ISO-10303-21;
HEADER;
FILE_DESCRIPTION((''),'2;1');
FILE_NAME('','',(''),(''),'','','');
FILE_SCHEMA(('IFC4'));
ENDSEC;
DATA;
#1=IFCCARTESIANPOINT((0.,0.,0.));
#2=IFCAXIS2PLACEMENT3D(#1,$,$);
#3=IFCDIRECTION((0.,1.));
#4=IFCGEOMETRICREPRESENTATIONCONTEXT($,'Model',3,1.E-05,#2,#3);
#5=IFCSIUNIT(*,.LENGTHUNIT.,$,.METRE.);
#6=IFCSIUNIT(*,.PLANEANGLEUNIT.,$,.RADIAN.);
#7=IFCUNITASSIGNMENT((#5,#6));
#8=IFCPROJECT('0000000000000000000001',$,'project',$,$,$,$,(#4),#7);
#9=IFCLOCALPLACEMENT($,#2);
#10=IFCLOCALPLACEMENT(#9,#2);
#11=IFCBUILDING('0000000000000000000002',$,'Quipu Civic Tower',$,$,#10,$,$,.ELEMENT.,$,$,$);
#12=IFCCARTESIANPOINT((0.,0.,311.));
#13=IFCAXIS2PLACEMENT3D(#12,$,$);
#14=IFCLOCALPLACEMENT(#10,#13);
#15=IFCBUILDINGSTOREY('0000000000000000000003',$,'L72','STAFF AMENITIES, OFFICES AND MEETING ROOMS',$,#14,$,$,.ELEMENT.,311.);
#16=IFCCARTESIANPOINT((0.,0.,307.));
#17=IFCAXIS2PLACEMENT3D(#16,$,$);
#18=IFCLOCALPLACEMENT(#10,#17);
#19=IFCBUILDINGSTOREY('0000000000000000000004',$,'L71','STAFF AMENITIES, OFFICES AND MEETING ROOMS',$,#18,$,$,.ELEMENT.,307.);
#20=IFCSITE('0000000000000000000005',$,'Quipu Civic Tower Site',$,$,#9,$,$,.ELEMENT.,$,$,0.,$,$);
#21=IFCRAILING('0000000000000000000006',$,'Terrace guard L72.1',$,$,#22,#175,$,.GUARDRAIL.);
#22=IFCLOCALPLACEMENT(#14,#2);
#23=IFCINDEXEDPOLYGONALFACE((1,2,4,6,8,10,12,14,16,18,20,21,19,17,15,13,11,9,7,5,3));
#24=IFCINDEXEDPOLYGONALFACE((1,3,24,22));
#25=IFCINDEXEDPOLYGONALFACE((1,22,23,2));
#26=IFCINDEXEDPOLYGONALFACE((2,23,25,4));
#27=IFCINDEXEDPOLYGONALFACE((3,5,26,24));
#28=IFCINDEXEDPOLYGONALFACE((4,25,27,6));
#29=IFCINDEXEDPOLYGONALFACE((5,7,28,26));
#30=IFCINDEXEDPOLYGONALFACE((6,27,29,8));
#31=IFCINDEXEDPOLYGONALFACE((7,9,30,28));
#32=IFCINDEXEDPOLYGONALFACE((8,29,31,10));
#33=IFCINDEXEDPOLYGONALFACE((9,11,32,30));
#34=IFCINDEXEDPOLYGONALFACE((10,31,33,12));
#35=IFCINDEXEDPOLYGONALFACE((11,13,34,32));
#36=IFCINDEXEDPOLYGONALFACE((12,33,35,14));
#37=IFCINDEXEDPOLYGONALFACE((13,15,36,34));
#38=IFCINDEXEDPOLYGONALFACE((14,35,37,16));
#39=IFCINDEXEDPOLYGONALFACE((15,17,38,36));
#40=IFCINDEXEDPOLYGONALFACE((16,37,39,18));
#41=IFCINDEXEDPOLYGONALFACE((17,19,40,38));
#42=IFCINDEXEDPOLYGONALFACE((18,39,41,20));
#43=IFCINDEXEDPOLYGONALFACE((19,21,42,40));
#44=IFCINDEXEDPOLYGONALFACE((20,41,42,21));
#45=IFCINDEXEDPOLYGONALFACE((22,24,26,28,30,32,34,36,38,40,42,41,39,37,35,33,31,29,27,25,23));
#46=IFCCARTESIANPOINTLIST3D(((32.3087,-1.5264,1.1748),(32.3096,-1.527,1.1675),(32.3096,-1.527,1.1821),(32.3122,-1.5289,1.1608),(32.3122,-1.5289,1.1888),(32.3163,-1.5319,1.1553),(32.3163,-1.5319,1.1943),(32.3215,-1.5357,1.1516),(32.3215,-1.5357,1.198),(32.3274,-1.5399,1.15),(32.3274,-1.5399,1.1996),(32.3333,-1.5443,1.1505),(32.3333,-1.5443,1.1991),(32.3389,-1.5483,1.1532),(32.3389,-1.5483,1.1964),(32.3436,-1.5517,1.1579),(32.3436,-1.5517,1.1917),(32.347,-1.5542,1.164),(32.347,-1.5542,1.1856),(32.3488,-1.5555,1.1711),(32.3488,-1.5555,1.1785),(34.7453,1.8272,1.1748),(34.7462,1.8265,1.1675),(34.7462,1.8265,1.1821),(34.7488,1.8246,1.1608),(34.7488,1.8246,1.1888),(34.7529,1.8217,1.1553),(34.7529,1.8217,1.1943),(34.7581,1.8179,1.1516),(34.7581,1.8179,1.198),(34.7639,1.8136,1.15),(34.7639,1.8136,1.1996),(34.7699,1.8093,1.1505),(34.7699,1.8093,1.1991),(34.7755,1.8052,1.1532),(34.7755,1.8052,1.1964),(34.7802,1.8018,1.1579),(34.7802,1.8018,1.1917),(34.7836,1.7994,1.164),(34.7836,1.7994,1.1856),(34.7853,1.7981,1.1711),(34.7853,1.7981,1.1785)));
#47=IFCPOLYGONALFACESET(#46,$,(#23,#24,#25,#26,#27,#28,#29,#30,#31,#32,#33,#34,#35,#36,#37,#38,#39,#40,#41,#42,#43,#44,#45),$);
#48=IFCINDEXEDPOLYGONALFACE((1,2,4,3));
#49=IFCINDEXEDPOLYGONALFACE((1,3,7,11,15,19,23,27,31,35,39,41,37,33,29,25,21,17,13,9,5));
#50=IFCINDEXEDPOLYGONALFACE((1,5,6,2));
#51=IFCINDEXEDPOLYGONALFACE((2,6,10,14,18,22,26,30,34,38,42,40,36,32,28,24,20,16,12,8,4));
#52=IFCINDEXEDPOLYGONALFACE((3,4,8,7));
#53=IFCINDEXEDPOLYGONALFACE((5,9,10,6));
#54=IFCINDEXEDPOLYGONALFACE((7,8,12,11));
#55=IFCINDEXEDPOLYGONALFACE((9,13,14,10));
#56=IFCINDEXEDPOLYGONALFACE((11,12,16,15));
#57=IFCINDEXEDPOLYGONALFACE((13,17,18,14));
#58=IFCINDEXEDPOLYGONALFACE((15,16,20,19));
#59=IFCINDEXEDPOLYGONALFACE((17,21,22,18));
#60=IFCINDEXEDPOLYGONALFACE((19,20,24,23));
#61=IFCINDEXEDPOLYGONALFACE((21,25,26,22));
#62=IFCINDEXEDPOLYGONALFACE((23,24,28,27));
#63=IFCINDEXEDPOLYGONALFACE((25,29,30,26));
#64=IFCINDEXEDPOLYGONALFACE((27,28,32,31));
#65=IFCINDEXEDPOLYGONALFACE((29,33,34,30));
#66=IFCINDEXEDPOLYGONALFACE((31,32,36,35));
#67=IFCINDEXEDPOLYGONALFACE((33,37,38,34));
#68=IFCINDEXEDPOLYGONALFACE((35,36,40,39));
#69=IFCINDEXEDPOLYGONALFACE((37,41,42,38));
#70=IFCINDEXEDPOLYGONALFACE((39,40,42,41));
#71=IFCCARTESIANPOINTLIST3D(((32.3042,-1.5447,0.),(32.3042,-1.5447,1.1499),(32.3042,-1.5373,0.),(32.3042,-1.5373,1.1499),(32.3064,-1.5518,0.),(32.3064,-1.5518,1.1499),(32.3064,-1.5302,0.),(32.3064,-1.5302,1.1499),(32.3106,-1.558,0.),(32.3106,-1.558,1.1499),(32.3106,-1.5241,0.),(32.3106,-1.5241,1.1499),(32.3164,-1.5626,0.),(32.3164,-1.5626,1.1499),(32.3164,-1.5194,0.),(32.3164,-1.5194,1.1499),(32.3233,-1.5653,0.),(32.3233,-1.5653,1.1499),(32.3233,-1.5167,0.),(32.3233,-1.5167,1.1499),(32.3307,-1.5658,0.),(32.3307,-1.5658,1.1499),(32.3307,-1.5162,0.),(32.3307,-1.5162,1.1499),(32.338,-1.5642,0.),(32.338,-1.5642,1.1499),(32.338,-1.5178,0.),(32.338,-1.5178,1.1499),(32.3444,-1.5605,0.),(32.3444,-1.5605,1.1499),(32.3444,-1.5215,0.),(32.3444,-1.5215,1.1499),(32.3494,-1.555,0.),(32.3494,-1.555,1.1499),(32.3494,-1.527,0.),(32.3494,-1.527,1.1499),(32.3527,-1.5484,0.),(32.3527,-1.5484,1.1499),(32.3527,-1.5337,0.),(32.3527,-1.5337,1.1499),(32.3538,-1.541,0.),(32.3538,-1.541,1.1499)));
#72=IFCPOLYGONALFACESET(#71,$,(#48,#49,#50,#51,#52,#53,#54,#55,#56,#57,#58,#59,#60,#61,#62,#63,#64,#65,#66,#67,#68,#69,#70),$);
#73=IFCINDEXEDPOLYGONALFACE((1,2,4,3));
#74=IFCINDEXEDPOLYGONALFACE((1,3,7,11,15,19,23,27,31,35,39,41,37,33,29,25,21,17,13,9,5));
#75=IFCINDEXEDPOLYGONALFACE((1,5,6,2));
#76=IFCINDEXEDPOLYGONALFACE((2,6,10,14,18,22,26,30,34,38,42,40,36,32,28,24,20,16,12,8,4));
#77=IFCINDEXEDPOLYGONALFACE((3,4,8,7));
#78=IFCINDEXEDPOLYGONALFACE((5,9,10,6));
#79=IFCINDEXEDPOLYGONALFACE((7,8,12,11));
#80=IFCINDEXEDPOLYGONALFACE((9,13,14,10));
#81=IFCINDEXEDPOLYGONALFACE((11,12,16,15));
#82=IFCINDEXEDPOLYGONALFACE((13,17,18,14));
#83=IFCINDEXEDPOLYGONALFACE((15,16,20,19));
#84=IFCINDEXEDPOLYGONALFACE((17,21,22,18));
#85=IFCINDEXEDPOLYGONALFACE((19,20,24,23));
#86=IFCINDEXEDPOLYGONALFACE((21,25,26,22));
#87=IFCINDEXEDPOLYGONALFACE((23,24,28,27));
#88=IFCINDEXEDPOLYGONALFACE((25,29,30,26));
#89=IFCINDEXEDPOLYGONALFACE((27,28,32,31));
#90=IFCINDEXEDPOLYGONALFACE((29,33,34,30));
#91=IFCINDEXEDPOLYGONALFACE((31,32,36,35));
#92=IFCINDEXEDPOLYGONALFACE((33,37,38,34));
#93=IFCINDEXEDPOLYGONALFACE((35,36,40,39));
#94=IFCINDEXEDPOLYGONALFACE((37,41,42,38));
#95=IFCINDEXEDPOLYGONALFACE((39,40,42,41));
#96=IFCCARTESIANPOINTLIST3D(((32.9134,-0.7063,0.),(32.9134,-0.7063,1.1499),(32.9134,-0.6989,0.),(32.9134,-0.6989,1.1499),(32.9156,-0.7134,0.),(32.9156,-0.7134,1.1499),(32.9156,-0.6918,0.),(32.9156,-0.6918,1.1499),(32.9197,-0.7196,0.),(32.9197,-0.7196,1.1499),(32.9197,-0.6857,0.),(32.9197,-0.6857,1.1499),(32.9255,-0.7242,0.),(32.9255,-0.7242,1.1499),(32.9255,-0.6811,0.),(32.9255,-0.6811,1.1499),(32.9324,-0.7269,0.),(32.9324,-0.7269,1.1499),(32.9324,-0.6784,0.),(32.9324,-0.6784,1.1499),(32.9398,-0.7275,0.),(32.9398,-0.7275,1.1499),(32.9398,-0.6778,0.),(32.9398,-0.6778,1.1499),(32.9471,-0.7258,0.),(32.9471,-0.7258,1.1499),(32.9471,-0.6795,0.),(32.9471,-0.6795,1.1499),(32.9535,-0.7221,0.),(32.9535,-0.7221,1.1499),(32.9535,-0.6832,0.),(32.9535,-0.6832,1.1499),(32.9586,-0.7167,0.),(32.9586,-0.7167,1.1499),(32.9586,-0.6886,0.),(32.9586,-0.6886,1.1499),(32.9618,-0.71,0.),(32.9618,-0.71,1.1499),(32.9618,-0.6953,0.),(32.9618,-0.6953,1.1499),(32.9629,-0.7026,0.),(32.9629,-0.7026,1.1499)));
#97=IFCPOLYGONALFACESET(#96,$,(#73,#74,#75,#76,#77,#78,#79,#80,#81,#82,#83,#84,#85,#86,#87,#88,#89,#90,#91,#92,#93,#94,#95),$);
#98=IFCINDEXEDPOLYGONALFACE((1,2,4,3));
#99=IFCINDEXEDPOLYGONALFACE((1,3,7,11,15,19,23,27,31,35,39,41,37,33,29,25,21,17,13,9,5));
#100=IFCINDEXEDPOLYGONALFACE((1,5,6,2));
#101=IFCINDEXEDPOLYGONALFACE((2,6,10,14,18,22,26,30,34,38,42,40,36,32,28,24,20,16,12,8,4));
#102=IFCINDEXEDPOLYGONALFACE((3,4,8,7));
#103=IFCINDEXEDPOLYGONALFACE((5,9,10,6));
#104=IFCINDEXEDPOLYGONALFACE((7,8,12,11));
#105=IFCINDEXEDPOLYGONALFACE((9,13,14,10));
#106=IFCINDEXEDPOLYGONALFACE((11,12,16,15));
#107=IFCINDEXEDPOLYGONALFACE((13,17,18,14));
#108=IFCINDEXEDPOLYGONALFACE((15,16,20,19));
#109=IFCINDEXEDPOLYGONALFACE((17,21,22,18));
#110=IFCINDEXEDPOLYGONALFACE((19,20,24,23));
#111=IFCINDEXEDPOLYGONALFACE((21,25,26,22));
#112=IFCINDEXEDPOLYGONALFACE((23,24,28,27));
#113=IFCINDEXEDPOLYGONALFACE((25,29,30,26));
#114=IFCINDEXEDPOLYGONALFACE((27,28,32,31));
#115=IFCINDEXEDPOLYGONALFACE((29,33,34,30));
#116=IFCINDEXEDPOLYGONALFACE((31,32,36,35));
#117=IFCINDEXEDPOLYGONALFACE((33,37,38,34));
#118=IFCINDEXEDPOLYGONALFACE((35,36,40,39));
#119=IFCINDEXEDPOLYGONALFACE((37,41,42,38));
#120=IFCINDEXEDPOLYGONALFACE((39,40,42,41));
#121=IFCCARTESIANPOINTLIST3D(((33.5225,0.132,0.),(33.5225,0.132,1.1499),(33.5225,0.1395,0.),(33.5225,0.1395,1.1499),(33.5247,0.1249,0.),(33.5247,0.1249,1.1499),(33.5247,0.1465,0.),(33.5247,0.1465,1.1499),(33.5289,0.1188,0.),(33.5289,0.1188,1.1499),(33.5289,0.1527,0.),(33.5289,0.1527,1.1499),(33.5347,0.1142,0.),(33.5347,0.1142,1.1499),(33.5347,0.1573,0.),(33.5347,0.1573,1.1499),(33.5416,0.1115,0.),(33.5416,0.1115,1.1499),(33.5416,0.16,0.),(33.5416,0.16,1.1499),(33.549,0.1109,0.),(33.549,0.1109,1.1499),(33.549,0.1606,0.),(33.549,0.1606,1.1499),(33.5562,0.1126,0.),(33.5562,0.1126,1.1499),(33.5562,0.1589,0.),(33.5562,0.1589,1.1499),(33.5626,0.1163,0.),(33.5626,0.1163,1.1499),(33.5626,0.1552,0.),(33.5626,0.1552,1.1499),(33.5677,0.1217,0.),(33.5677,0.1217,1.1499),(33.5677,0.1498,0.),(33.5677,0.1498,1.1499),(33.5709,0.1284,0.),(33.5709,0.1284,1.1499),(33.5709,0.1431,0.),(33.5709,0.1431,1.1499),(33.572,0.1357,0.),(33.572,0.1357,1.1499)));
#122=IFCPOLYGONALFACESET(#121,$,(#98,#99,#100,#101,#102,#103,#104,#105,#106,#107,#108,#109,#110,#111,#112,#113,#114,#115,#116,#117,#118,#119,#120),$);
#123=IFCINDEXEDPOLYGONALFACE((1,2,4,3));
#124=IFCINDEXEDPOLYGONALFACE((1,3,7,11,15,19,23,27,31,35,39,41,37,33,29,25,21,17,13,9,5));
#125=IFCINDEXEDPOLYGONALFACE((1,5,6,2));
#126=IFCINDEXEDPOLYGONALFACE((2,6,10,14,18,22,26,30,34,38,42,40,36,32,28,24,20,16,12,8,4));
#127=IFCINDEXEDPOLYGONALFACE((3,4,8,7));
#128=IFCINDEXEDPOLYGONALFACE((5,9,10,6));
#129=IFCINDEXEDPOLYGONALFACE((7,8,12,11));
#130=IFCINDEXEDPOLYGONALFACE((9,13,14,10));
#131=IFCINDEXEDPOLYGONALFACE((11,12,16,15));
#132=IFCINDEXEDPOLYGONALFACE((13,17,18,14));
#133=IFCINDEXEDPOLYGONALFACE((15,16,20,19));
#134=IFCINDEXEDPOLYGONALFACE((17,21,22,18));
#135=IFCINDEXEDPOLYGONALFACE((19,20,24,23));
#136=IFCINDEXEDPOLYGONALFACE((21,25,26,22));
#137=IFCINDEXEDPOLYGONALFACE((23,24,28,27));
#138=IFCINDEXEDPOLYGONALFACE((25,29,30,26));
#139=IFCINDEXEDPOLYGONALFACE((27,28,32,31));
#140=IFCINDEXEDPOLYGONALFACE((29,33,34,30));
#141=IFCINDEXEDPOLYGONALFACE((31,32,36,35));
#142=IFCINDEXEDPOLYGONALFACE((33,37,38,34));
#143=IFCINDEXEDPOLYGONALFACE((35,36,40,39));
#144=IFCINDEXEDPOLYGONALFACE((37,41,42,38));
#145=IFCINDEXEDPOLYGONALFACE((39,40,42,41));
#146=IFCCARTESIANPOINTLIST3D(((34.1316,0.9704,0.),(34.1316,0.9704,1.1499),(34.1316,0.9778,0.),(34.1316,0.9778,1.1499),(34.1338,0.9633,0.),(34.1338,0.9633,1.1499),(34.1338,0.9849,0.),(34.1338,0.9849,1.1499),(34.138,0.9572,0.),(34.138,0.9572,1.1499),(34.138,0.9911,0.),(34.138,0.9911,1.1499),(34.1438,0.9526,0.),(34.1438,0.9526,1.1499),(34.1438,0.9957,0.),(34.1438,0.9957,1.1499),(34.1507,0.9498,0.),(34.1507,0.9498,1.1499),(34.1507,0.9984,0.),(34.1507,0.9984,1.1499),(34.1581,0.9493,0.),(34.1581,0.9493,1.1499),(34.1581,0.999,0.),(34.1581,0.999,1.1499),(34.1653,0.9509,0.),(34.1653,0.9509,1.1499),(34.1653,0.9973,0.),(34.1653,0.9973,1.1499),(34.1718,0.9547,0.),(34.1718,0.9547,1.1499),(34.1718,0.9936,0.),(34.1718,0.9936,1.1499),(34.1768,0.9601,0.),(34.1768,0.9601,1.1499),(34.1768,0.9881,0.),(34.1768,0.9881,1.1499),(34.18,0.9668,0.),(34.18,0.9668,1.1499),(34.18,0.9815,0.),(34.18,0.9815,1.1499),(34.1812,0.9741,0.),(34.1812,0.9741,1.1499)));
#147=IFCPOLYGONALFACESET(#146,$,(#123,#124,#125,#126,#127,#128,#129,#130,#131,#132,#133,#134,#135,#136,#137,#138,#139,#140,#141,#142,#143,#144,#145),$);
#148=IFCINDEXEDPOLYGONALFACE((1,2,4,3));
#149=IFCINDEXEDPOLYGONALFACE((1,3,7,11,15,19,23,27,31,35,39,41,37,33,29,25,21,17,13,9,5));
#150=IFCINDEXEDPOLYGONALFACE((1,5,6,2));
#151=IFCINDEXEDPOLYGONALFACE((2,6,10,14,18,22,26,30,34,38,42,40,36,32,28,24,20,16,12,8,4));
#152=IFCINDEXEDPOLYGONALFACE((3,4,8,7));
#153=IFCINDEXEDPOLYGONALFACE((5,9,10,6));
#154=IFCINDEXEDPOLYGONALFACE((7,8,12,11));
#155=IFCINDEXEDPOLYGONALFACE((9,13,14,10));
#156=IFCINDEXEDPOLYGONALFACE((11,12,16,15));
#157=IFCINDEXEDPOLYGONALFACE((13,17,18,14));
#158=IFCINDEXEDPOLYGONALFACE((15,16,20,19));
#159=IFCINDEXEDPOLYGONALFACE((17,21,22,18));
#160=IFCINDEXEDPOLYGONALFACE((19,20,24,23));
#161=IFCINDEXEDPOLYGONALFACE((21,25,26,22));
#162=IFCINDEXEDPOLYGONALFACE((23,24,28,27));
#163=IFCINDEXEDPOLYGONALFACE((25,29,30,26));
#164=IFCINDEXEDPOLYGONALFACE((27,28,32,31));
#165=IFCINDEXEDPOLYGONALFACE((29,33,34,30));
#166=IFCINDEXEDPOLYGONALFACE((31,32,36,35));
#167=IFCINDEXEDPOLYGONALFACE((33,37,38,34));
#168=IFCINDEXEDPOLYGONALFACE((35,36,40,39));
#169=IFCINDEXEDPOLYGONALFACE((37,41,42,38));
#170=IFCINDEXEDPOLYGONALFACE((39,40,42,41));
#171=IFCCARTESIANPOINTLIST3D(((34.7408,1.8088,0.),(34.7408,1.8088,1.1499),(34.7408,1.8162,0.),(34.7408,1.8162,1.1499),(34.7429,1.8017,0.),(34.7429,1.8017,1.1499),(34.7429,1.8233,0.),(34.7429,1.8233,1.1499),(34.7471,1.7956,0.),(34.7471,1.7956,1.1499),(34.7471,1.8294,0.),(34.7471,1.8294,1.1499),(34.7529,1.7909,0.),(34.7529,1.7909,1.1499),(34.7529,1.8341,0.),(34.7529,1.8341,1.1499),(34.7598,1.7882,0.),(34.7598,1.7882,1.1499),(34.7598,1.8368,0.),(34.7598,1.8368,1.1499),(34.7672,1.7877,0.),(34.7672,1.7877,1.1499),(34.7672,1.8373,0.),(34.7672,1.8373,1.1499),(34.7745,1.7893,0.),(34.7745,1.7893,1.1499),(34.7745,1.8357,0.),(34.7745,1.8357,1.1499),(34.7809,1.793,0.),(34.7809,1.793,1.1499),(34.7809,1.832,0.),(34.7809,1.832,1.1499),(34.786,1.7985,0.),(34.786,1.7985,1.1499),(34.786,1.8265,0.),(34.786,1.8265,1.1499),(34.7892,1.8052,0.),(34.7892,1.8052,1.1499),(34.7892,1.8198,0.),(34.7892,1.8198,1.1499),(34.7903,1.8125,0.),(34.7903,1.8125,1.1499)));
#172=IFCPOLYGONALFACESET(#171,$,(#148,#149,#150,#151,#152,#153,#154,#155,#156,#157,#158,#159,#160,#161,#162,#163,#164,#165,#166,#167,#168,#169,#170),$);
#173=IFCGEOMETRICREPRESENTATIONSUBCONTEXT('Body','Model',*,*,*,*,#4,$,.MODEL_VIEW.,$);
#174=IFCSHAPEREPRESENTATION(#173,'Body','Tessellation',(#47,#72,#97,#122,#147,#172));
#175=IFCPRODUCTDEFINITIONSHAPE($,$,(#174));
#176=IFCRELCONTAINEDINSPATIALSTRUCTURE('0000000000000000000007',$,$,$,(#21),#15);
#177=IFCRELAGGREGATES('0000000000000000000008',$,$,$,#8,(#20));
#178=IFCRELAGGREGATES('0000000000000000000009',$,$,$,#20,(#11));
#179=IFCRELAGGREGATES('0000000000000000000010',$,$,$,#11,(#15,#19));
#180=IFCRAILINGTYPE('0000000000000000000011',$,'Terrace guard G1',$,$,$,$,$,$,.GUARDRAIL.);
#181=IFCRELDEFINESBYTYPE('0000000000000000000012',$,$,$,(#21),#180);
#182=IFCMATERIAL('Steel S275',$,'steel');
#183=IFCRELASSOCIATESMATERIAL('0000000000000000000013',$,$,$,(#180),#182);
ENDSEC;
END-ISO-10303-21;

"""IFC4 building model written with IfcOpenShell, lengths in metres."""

from ifc_helpers import new_model, si_unit, direction, frame, origin, origin_2d, place, context, subcontext, project, spatial, circle, extrude, material, type_object, element, save


model = new_model("IFC4")

# Units and contexts
model_context = context("Model", 3, precision=1e-05, world=origin(), true_north=direction((0.0, 1.0)))
body_context = subcontext(model_context, "Body", "Model", "MODEL_VIEW")
ifc_project = project(units=[si_unit("LENGTHUNIT", "METRE"), si_unit("PLANEANGLEUNIT", "RADIAN")], contexts=[model_context])

# Site, building, storey
site_placement = place(None, origin())
site = spatial("IfcSite", under=ifc_project, at=site_placement, Name="Quipu Civic Tower Site", CompositionType="ELEMENT", RefElevation=0.0)
building_placement = place(site_placement, origin())
building = spatial("IfcBuilding", under=site, at=building_placement, Name="Quipu Civic Tower", CompositionType="ELEMENT")
storey_1_placement = place(building_placement, frame((0.0, 0.0, 311.0)))
storey_1 = spatial("IfcBuildingStorey", under=building, at=storey_1_placement, Name="L72", Description="STAFF AMENITIES, OFFICES AND MEETING ROOMS", CompositionType="ELEMENT", Elevation=311.0)

# Shared definitions
storey_2_placement = place(building_placement, frame((0.0, 0.0, 307.0)))
storey_2 = spatial("IfcBuildingStorey", under=building, at=storey_2_placement, Name="L71", Description="STAFF AMENITIES, OFFICES AND MEETING ROOMS", CompositionType="ELEMENT", Elevation=307.0)

# Railing
ifc_material_1 = material(Name="Steel S275", Category="steel")
railing_type = type_object("IfcRailingType", Name="Terrace guard G1", PredefinedType="GUARDRAIL", material=ifc_material_1)
railing_1_placement = place(storey_1_placement, frame((32.3289, -1.541, 0.0)))
element("IfcRailing", 1, at=railing_1_placement, inside=storey_1, type_object=railing_type, Name="Terrace guard L72.1", PredefinedType="GUARDRAIL", context=body_context, shape_type="SweptSolid", body=[
    extrude(circle(Radius=0.0249, at=origin_2d()), frame((0.0, 0.0, 1.1748), z_axis=(0.587793, 0.809011, 0.0), x_axis=(-0.809011, 0.587793, 0.0)), (0.0, 0.0, 1.0), 4.1453),
    extrude(circle(Radius=0.0249, at=origin_2d()), origin(), (0.0, 0.0, 1.0), 1.1499),
    extrude(circle(Radius=0.0249, at=origin_2d()), frame((0.6091, 0.8384, 0.0)), (0.0, 0.0, 1.0), 1.1499),
    extrude(circle(Radius=0.0249, at=origin_2d()), frame((1.2183, 1.6768, 0.0)), (0.0, 0.0, 1.0), 1.1499),
    extrude(circle(Radius=0.0249, at=origin_2d()), frame((1.8274, 2.5151, 0.0)), (0.0, 0.0, 1.0), 1.1499),
    extrude(circle(Radius=0.0249, at=origin_2d()), frame((2.4365, 3.3535, 0.0)), (0.0, 0.0, 1.0), 1.1499),
])

save(model, "model.ifc")
